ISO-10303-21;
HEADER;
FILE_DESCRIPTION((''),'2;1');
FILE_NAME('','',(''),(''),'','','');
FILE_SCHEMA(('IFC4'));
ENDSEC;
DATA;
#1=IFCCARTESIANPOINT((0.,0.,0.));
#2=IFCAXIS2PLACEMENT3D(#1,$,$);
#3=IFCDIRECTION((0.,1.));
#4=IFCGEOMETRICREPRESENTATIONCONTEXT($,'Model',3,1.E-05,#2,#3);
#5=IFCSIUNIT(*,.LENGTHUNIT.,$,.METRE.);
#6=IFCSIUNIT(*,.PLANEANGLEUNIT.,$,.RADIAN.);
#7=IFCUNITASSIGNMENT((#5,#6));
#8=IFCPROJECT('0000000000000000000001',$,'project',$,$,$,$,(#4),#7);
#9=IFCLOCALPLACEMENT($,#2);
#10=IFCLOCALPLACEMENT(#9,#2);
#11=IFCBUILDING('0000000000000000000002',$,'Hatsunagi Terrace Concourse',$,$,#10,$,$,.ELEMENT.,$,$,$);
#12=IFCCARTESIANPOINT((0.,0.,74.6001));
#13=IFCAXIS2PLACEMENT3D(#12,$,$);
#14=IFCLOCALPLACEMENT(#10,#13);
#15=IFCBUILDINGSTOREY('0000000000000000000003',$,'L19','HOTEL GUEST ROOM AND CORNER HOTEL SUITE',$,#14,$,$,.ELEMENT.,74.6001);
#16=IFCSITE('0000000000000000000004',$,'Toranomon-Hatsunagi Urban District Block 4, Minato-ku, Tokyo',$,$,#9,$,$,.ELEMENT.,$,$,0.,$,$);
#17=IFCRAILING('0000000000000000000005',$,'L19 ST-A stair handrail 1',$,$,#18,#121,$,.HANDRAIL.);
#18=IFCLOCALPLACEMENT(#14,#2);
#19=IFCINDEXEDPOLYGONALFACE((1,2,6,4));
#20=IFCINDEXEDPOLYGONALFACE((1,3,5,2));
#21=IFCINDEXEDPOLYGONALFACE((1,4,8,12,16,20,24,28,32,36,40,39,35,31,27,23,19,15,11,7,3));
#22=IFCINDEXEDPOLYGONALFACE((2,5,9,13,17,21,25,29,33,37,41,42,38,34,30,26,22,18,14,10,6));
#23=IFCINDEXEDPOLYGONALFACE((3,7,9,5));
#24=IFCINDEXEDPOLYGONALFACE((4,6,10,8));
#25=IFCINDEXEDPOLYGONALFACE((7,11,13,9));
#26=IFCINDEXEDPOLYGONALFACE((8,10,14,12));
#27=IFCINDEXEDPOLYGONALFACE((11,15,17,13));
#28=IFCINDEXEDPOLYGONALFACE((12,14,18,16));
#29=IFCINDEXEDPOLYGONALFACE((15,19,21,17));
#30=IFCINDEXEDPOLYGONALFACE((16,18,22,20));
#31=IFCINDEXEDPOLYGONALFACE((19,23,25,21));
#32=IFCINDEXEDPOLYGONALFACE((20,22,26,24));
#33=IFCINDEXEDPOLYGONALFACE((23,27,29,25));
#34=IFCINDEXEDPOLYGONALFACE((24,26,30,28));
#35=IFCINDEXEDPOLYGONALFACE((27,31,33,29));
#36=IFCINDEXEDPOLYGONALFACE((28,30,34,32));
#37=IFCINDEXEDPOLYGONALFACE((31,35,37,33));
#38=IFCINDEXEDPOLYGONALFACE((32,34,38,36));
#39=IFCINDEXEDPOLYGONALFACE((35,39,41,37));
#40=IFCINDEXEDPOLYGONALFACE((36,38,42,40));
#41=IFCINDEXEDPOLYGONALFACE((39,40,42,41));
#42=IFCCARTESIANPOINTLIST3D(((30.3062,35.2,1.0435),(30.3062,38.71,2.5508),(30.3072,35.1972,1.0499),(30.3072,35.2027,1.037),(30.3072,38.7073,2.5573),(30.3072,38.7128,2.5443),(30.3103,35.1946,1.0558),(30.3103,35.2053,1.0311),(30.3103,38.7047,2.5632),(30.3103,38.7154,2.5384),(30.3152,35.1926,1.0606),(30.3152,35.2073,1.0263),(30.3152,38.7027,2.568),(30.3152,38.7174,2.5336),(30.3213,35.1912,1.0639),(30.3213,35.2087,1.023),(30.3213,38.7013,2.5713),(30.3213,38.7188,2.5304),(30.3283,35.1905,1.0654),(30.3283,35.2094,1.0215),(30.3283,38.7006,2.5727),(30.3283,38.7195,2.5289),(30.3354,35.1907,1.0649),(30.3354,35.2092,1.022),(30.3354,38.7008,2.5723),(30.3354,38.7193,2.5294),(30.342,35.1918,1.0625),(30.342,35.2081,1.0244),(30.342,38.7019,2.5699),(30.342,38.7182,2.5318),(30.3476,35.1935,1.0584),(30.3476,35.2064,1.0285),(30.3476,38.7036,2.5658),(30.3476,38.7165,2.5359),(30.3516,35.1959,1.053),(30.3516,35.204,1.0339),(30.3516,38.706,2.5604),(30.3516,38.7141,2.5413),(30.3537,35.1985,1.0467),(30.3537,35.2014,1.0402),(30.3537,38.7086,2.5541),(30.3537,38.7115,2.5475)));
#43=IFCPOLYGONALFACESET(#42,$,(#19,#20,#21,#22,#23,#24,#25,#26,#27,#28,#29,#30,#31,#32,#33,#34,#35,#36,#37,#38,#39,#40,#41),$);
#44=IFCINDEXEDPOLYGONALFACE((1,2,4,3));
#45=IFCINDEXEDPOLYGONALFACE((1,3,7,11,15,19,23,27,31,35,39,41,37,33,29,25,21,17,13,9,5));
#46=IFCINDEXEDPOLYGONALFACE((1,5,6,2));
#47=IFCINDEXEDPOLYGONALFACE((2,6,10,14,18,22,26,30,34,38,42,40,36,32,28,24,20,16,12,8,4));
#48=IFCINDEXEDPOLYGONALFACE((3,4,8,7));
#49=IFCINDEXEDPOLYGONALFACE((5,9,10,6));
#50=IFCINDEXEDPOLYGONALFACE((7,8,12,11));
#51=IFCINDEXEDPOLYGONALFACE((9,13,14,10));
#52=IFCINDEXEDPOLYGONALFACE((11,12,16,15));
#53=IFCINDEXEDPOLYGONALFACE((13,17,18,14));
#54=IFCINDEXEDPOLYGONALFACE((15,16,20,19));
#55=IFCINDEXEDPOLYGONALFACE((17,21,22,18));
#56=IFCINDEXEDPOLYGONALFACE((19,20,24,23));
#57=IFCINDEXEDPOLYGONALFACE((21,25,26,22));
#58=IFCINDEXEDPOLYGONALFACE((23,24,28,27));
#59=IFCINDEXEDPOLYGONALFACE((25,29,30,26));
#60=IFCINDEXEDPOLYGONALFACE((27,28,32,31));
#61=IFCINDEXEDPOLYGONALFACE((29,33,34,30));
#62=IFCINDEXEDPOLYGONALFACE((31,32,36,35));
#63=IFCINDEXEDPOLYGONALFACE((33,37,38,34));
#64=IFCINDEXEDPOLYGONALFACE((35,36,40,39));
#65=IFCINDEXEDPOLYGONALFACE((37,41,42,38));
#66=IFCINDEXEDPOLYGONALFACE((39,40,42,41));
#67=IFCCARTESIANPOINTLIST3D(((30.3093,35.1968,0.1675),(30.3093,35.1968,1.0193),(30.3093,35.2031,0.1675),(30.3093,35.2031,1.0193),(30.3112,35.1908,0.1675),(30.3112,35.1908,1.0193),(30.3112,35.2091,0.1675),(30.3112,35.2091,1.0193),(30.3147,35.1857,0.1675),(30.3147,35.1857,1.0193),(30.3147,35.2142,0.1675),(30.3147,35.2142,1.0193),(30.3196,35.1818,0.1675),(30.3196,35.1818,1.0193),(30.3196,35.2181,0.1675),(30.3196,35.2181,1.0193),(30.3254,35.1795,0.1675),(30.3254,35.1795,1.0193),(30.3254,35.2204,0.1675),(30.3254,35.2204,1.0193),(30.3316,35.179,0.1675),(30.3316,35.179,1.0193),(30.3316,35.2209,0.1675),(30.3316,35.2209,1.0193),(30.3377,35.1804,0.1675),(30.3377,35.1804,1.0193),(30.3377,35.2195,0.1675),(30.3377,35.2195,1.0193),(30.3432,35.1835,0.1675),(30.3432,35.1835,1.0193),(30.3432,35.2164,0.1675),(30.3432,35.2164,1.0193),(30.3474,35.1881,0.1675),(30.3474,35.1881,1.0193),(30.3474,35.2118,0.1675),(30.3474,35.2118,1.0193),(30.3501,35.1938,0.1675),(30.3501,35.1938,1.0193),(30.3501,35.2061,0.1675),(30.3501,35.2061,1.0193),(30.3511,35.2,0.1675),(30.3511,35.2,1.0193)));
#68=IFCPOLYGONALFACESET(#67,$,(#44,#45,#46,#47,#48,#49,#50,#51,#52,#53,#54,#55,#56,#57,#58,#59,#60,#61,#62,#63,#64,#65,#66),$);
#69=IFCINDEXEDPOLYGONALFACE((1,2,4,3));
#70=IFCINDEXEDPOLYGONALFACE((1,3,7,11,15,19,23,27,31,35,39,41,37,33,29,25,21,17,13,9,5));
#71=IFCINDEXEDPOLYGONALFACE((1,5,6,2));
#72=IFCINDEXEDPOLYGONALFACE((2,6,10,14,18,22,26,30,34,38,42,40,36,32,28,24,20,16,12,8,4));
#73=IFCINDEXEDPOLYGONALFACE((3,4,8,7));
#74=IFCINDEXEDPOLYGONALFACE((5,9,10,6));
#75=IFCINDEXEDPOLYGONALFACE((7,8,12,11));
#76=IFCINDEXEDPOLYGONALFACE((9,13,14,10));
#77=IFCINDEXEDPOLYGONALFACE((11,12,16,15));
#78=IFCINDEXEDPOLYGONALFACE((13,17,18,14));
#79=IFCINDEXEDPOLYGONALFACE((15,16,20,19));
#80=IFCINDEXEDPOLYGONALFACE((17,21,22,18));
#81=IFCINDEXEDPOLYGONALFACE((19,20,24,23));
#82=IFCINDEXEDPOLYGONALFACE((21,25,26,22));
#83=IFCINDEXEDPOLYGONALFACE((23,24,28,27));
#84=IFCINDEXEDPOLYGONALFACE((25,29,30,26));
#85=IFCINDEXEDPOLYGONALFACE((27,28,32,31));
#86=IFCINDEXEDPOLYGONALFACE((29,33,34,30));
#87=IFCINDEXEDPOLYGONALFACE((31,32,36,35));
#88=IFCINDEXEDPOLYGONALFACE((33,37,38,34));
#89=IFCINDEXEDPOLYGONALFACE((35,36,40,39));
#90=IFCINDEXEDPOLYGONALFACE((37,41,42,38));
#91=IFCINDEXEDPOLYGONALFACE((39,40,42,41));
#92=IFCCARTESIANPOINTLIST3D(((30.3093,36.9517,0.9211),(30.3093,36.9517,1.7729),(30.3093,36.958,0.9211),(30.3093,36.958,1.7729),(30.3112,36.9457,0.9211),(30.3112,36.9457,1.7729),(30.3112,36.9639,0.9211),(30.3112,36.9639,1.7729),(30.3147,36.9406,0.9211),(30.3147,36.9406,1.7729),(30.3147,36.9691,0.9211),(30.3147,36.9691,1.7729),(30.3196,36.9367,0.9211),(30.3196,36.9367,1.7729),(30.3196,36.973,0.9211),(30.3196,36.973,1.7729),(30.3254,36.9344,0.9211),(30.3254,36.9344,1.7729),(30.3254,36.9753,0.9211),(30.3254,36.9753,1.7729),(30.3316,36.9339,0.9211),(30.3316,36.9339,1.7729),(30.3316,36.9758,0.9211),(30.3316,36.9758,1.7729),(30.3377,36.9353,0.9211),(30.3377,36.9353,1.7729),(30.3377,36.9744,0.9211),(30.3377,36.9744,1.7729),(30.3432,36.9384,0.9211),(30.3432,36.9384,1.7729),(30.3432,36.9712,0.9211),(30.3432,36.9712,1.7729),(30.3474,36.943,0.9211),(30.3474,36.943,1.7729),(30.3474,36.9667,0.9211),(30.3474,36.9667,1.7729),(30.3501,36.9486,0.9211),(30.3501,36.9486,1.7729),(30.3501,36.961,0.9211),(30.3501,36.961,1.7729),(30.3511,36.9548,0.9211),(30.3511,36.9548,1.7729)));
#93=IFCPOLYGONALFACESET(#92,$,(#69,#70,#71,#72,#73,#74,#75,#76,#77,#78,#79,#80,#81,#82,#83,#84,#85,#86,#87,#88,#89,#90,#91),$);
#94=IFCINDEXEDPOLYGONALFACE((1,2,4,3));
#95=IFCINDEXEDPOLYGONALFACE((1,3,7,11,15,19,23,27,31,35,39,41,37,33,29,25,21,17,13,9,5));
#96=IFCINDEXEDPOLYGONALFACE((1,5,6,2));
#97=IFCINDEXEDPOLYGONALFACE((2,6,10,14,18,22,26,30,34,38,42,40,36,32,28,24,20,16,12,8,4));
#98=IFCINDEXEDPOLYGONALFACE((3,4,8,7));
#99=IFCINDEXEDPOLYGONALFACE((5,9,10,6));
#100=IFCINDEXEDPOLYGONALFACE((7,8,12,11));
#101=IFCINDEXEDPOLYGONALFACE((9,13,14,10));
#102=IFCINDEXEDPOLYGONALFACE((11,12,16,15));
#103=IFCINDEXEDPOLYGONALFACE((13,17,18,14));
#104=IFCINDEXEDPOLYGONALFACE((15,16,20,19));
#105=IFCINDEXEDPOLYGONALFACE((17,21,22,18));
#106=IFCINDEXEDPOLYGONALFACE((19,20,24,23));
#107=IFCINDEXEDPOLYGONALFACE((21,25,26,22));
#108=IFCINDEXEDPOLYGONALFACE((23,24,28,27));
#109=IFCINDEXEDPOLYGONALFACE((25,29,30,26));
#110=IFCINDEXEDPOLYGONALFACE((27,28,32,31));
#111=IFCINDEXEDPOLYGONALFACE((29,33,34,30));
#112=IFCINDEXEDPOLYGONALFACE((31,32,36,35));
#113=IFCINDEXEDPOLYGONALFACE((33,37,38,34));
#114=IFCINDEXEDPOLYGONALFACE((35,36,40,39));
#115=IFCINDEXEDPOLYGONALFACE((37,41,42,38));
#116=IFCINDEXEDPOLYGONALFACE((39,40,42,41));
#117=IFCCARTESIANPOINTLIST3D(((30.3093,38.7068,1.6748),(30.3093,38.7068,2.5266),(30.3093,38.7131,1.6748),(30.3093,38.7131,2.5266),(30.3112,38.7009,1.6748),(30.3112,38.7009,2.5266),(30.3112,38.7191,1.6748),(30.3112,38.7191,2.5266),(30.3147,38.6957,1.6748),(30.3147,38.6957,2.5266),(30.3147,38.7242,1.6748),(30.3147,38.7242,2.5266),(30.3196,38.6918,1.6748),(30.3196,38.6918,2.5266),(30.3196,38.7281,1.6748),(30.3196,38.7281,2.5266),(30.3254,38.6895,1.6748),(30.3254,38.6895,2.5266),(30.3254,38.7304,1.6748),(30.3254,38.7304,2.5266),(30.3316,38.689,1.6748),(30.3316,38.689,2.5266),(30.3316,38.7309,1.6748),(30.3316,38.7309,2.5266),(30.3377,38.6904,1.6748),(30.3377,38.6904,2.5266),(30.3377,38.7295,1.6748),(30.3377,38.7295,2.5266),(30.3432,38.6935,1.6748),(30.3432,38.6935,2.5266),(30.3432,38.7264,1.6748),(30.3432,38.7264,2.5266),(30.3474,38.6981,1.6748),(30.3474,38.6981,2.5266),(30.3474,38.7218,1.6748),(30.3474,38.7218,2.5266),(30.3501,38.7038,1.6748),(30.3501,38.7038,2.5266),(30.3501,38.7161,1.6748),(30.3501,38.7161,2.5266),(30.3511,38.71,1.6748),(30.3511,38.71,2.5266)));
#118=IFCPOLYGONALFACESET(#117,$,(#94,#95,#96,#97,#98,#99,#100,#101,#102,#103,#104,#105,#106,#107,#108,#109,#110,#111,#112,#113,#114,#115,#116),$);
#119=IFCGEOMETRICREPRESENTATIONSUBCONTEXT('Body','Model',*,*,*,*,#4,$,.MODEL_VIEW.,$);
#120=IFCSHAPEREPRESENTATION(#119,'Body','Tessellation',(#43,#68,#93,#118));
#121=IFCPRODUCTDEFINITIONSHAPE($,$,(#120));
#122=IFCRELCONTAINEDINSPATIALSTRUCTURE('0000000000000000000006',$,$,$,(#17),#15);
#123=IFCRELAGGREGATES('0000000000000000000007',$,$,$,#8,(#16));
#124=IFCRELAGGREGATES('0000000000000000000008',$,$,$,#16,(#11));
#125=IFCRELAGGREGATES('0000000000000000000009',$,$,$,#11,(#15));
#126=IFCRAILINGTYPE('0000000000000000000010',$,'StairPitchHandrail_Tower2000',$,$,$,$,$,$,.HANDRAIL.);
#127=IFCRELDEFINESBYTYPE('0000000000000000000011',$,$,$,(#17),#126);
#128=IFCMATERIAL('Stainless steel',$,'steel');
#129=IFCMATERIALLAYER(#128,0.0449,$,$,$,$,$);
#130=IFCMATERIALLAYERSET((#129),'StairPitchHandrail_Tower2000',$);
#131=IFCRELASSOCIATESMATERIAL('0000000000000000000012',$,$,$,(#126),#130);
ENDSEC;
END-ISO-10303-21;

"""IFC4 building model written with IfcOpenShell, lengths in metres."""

from ifc_helpers import new_model, si_unit, direction, frame, origin, origin_2d, place, context, subcontext, project, spatial, circle, extrude, material, layer, layer_set, type_object, element, save


model = new_model("IFC4")

# Units and contexts
model_context = context("Model", 3, precision=1e-05, world=origin(), true_north=direction((0.0, 1.0)))
body_context = subcontext(model_context, "Body", "Model", "MODEL_VIEW")
ifc_project = project(units=[si_unit("LENGTHUNIT", "METRE"), si_unit("PLANEANGLEUNIT", "RADIAN")], contexts=[model_context])

# Site, building, storey
site_placement = place(None, origin())
site = spatial("IfcSite", under=ifc_project, at=site_placement, Name="Toranomon-Hatsunagi Urban District Block 4, Minato-ku, Tokyo", CompositionType="ELEMENT", RefElevation=0.0)
building_placement = place(site_placement, origin())
building = spatial("IfcBuilding", under=site, at=building_placement, Name="Hatsunagi Terrace Concourse", CompositionType="ELEMENT")
storey_placement = place(building_placement, frame((0.0, 0.0, 74.6001)))
storey = spatial("IfcBuildingStorey", under=building, at=storey_placement, Name="L19", Description="HOTEL GUEST ROOM AND CORNER HOTEL SUITE", CompositionType="ELEMENT", Elevation=74.6001)

# Railing
ifc_material_1 = material(Name="Stainless steel", Category="steel")
ifc_layer_1 = layer(ifc_material_1, 0.0449)
ifc_layer_set_1 = layer_set([ifc_layer_1], Name="StairPitchHandrail_Tower2000")
railing_type_1 = type_object("IfcRailingType", Name="StairPitchHandrail_Tower2000", PredefinedType="HANDRAIL", material=ifc_layer_set_1)
railing_1_placement = place(storey_placement, frame((30.3301, 35.2, 0.1675)))
element("IfcRailing", 1, at=railing_1_placement, inside=storey, type_object=railing_type_1, Name="L19 ST-A stair handrail 1", PredefinedType="HANDRAIL", context=body_context, shape_type="SweptSolid", body=[
    extrude(circle(Radius=0.0239, at=origin_2d()), frame((0.0, 0.0, 0.876), z_axis=(0.0, 0.918857, 0.39459), x_axis=(-1.0, 0.0, 0.0)), (0.0, 0.0, 1.0), 3.8201),
    extrude(circle(Radius=0.021, at=origin_2d()), origin(), (0.0, 0.0, 1.0), 0.8518),
    extrude(circle(Radius=0.021, at=origin_2d()), frame((0.0, 1.7549, 0.7537)), (0.0, 0.0, 1.0), 0.8518),
    extrude(circle(Radius=0.021, at=origin_2d()), frame((0.0, 3.51, 1.5073)), (0.0, 0.0, 1.0), 0.8518),
])

save(model, "model.ifc")
